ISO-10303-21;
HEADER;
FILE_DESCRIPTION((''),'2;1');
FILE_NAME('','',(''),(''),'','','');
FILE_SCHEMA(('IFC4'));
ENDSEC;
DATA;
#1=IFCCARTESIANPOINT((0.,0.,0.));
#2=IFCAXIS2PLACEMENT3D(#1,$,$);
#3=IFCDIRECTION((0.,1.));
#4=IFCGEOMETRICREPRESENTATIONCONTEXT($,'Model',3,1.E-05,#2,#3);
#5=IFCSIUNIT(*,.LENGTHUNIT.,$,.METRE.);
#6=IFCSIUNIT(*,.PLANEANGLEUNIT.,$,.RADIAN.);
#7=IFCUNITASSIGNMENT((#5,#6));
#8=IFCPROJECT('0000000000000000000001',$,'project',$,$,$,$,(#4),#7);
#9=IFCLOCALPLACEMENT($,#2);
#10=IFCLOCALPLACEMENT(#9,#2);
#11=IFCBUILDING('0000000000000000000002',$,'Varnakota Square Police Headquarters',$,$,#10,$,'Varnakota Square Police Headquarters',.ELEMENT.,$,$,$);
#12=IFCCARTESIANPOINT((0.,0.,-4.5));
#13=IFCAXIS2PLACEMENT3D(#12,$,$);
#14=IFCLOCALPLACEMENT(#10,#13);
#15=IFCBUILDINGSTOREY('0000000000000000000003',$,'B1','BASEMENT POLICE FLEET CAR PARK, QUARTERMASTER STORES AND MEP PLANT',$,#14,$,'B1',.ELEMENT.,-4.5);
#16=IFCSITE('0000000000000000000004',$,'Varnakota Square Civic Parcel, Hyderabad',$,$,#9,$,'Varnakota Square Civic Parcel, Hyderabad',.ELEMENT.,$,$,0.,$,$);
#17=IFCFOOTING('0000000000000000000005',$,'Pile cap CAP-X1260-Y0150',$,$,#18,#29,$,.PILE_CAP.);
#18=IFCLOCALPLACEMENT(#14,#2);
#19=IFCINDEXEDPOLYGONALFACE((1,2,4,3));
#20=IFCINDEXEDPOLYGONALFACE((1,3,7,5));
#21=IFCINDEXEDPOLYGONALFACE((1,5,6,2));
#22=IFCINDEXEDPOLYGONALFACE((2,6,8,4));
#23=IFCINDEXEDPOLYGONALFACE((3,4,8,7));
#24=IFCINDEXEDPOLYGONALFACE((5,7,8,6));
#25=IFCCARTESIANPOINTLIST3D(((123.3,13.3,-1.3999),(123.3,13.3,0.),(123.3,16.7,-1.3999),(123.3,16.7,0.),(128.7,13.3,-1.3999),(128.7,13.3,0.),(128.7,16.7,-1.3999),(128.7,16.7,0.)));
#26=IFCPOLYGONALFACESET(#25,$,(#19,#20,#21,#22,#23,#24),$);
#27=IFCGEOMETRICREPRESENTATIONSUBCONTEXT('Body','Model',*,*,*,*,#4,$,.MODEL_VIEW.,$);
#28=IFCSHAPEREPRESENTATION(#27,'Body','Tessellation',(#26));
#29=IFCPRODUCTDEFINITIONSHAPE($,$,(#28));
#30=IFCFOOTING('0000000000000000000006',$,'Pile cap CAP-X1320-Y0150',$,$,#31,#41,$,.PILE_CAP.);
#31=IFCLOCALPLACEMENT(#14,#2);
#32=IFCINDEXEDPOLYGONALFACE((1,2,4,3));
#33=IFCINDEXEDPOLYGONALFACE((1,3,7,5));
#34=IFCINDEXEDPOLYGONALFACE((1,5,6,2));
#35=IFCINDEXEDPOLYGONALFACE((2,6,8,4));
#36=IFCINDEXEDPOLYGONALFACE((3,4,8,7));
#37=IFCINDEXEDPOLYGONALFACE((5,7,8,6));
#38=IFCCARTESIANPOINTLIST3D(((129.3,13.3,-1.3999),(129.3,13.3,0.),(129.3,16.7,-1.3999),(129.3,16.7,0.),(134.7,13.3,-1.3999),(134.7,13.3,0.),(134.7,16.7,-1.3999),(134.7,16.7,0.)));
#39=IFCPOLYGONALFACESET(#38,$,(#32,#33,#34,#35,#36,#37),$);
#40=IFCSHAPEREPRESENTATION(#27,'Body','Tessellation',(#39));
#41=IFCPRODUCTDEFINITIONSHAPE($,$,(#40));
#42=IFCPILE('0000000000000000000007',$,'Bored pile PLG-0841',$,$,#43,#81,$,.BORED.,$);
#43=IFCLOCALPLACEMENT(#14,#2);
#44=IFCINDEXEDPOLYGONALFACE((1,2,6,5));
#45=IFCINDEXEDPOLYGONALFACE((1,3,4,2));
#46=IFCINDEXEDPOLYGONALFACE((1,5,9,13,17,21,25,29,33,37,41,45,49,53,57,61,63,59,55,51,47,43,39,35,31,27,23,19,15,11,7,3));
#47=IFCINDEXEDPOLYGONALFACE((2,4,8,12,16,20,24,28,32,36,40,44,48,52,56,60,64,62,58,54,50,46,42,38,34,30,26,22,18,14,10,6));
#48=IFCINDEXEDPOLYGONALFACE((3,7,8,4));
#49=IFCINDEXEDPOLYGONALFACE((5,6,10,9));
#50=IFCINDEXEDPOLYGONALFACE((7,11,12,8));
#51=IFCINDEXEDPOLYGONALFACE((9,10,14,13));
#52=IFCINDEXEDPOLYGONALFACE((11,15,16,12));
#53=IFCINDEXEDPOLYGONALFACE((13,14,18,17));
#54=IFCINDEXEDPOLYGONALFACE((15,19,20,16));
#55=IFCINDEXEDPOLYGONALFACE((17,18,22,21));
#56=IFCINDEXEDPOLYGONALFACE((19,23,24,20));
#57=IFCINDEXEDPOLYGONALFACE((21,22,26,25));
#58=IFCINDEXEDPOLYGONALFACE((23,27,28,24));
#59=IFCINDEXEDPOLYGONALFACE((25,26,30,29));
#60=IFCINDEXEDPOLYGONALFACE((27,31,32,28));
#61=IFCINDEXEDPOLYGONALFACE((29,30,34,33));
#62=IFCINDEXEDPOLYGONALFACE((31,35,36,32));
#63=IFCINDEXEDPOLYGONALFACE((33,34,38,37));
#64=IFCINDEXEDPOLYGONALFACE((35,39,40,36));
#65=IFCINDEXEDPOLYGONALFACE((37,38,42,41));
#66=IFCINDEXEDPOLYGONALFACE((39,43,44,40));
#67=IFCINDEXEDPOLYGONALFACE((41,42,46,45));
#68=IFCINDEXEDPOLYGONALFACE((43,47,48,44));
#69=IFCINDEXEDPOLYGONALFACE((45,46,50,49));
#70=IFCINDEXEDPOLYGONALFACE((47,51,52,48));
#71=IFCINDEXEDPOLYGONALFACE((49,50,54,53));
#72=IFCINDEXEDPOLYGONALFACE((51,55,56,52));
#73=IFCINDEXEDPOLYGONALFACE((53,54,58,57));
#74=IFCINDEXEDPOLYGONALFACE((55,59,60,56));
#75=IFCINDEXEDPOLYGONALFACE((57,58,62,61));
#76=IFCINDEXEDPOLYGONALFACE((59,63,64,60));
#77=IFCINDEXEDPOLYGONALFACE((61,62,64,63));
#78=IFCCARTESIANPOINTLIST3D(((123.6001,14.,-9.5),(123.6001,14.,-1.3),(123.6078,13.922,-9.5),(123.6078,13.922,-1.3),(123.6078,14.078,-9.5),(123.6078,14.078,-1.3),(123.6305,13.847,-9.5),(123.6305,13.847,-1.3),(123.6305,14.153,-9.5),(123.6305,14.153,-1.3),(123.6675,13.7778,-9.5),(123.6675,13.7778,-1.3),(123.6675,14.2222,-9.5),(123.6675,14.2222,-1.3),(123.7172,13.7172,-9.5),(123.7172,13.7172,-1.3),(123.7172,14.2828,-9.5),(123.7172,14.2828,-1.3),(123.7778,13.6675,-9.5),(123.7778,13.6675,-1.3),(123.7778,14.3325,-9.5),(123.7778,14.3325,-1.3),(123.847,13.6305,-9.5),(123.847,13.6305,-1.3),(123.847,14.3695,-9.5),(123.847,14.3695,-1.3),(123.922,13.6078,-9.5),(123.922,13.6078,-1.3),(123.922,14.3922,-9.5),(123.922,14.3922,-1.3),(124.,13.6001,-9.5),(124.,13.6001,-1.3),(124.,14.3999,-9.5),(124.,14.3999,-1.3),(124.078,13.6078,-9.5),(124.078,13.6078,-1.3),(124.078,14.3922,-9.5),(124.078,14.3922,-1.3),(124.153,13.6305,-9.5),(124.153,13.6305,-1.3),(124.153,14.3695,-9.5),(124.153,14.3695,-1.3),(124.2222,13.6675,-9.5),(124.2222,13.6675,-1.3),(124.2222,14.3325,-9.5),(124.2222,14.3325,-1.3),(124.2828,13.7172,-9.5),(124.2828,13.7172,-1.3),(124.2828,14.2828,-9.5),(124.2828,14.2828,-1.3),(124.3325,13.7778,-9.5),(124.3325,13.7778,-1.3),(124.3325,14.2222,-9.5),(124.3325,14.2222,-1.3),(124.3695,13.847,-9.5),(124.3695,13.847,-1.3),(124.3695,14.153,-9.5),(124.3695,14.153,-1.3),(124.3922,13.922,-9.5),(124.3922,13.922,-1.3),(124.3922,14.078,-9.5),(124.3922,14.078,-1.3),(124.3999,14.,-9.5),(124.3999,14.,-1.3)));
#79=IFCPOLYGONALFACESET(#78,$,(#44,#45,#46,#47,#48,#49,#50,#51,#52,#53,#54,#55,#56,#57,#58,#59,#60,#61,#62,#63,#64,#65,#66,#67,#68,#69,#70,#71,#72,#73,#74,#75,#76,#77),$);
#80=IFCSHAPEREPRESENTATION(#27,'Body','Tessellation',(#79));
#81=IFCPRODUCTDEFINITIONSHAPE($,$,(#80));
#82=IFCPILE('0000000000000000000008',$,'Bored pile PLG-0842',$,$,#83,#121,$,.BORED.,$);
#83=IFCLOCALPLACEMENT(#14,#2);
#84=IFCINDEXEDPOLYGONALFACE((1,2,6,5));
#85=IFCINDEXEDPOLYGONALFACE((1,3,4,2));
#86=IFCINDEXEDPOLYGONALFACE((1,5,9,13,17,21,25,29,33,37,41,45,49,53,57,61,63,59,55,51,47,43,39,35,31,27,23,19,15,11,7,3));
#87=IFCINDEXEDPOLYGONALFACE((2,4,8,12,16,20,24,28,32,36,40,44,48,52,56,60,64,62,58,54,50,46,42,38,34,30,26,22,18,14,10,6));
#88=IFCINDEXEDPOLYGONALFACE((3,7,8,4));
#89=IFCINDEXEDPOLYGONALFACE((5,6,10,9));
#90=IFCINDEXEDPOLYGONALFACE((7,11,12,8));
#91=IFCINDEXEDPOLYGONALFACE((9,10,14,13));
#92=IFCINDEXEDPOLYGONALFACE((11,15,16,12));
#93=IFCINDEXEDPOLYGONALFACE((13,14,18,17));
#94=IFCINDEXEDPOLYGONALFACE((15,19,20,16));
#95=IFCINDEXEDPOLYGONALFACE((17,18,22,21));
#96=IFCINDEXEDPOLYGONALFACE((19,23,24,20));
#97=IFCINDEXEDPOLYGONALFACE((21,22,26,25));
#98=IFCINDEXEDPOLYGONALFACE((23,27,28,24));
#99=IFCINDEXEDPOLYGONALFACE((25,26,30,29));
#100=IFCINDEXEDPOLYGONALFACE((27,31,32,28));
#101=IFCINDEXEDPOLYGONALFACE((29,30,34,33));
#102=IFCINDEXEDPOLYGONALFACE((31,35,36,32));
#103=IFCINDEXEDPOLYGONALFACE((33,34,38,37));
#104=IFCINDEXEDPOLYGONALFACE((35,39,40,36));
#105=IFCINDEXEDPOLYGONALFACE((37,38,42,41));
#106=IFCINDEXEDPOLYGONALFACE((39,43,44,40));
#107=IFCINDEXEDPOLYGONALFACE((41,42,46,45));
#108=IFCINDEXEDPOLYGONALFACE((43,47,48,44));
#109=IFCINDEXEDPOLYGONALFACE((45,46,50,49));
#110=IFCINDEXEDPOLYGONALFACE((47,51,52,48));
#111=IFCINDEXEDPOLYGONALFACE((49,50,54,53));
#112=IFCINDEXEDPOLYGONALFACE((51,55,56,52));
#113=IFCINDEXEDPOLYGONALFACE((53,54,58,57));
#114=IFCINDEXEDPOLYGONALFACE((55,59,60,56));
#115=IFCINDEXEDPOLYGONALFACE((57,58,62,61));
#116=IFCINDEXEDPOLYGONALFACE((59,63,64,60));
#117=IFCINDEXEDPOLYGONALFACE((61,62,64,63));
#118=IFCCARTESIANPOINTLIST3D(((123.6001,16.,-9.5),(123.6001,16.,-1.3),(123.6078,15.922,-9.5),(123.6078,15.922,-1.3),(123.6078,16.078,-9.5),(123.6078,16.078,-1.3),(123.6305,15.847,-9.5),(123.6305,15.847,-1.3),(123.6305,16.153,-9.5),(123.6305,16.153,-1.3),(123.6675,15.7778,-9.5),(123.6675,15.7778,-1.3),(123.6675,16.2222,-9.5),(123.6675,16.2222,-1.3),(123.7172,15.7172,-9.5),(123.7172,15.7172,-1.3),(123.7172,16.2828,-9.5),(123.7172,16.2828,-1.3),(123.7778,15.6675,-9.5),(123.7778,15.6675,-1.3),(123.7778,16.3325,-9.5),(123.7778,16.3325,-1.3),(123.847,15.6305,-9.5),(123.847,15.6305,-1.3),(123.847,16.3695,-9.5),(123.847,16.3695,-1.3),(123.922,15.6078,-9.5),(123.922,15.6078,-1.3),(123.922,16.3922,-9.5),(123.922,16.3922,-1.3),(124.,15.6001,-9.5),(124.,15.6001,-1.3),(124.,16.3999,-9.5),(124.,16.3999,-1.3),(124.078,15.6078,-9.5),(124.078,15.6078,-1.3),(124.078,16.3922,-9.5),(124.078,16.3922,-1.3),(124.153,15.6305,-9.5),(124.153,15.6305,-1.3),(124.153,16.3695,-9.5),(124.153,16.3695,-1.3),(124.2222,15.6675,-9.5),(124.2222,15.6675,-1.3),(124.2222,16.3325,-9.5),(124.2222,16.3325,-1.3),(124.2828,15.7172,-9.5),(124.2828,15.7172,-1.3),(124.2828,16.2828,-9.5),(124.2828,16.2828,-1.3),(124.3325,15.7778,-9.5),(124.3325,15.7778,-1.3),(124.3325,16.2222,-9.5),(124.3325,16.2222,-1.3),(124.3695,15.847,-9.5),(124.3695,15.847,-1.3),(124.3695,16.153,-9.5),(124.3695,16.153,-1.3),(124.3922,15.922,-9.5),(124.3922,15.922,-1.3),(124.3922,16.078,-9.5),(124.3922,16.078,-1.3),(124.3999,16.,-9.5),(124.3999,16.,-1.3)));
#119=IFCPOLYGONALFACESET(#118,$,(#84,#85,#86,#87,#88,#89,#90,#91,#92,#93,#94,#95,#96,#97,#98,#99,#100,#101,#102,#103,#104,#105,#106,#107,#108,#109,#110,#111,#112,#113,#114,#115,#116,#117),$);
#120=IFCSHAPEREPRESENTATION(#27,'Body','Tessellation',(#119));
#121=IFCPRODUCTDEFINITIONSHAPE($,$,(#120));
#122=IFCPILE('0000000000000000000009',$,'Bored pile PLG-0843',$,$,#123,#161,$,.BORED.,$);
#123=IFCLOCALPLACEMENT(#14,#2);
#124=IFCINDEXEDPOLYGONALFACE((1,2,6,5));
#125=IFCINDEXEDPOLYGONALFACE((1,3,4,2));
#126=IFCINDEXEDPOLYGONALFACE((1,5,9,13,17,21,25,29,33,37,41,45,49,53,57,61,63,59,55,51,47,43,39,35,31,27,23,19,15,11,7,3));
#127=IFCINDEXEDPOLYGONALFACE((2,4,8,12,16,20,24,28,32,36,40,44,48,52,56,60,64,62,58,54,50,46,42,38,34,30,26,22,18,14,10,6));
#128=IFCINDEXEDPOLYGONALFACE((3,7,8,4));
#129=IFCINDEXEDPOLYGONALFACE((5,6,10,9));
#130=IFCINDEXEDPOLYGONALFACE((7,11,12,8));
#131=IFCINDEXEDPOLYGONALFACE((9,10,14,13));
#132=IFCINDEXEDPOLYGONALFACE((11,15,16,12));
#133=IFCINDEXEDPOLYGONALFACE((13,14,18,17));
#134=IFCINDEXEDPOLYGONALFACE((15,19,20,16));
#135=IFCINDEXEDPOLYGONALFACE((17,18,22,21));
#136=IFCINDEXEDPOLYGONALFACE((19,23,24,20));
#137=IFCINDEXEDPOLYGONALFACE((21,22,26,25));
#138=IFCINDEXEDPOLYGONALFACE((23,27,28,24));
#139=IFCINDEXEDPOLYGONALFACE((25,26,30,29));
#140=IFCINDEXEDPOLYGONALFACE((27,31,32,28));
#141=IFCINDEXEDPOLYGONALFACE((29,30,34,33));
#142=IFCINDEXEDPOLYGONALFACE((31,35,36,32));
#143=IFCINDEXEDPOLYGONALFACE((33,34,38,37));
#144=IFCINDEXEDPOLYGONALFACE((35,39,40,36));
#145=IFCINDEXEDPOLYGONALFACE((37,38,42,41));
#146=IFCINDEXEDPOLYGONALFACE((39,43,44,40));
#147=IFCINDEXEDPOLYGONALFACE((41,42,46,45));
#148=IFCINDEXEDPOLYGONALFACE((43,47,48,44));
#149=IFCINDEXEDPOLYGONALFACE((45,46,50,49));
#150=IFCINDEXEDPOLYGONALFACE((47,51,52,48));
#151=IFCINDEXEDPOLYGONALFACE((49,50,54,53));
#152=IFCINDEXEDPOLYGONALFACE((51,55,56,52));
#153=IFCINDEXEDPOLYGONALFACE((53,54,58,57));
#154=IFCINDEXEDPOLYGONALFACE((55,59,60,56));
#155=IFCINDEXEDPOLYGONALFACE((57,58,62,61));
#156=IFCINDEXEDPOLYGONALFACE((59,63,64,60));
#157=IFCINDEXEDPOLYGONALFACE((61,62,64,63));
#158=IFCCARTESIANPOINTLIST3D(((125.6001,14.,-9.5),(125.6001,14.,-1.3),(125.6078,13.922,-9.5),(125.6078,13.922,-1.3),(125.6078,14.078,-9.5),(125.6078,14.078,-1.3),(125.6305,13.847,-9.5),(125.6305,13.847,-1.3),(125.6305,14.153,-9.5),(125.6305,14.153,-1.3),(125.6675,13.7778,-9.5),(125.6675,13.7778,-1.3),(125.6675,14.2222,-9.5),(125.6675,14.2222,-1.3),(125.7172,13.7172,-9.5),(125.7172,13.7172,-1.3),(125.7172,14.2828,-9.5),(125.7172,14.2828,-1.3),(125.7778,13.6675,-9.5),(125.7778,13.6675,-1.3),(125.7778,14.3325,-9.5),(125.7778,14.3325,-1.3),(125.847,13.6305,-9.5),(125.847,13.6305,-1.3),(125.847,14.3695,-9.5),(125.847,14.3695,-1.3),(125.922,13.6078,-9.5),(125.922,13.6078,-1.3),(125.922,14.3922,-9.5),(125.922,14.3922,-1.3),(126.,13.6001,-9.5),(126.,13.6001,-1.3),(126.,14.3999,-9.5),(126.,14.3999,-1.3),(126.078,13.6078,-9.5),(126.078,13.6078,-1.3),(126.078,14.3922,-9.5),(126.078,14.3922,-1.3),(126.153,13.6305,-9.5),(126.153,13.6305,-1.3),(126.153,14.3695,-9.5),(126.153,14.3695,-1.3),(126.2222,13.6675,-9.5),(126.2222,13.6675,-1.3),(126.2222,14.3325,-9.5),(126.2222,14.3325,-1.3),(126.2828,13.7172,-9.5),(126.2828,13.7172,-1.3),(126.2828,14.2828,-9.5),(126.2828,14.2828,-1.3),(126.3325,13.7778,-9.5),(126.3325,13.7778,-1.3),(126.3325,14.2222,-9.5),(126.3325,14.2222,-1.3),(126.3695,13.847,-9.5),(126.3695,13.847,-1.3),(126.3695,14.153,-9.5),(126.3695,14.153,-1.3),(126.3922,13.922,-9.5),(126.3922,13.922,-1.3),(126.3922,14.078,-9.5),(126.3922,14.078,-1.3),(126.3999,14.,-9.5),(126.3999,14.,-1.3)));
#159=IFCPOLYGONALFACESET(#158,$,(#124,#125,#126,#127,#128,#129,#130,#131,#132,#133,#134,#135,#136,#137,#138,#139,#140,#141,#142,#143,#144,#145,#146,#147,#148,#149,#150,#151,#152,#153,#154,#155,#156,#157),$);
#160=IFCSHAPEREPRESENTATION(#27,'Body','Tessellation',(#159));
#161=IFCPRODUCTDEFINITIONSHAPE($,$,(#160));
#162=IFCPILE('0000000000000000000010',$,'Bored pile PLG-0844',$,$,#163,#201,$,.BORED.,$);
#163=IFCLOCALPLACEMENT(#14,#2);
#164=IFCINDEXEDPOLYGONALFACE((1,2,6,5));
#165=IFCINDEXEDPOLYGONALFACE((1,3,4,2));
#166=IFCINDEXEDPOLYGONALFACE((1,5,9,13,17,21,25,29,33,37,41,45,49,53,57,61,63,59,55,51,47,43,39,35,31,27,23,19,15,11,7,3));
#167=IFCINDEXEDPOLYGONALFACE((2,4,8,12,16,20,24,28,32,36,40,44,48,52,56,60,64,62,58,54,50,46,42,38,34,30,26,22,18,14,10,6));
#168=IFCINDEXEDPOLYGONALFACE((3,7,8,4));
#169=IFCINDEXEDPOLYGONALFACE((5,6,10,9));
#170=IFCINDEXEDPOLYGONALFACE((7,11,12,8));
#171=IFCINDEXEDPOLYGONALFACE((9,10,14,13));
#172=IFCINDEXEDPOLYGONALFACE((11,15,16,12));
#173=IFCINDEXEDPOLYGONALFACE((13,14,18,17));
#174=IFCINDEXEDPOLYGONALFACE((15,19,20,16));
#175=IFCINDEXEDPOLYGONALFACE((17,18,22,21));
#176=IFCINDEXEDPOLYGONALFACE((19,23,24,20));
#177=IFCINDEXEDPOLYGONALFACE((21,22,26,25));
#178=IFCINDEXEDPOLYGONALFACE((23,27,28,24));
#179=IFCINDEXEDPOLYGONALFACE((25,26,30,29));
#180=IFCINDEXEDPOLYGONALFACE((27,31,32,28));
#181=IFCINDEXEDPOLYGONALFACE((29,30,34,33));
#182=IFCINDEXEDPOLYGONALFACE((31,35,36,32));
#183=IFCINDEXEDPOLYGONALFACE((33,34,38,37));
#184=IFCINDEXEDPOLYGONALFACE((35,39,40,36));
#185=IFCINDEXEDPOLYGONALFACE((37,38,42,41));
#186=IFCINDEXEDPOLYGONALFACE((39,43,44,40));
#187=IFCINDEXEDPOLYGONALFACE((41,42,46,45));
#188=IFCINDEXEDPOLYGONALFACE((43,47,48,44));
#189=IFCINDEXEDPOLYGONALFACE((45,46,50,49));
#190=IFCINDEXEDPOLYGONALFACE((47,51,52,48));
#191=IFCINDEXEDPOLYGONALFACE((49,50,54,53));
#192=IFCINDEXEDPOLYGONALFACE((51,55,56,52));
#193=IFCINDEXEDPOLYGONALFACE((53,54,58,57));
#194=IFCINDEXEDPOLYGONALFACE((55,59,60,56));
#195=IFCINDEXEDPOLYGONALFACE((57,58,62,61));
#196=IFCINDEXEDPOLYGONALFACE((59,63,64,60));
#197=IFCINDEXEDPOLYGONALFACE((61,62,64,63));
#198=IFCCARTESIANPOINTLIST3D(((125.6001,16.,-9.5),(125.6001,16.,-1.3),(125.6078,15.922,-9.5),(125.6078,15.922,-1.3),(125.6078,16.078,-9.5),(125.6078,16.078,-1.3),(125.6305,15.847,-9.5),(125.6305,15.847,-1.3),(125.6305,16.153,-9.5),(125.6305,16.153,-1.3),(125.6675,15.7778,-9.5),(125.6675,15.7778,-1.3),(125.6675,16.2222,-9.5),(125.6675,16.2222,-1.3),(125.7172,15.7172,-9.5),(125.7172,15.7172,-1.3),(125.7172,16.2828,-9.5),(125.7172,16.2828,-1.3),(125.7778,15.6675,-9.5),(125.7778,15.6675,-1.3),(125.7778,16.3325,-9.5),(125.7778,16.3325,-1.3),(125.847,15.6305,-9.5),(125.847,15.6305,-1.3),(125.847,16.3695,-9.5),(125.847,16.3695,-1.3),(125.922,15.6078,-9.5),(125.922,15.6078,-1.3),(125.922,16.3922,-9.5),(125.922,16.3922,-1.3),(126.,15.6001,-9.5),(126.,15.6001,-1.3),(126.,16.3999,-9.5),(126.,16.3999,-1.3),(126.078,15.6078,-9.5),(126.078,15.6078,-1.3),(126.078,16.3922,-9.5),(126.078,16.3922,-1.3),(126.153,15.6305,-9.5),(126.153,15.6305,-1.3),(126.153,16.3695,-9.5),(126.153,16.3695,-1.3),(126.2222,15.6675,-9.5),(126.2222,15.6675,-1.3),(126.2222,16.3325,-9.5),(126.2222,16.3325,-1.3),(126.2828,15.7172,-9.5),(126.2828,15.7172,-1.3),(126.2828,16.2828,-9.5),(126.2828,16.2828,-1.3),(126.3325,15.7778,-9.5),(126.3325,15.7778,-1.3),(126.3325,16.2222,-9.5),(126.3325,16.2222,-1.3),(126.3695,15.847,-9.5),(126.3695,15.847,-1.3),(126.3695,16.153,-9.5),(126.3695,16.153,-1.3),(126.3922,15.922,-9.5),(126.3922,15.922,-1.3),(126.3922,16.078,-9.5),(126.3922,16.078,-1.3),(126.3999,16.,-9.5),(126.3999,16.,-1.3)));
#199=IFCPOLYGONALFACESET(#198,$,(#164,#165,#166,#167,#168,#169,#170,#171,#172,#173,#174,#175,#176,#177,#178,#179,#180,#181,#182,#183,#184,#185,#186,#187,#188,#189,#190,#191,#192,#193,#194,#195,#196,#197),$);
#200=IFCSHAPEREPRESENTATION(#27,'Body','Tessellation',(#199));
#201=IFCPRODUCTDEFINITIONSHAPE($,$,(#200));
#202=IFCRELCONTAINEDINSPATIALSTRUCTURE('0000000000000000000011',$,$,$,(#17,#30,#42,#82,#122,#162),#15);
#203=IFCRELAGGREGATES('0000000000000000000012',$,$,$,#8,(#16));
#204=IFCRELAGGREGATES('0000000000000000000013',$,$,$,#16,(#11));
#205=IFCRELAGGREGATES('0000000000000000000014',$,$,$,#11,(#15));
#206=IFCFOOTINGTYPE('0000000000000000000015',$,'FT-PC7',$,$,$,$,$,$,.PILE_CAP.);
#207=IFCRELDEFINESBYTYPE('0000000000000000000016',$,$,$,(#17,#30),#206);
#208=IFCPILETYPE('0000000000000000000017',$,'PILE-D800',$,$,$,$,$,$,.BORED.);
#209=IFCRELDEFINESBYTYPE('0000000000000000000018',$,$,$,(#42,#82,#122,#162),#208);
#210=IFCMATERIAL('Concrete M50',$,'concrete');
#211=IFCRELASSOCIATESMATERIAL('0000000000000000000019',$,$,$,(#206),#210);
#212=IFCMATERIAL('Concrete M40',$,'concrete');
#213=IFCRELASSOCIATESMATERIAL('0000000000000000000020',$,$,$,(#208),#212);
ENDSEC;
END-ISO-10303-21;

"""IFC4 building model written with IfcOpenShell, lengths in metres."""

from ifc_helpers import new_model, si_unit, direction, frame, origin, origin_2d, place, context, subcontext, project, spatial, rectangle, circle, extrude, material, material_profile, profile_set, type_object, element, save


model = new_model("IFC4")

# Units and contexts
model_context = context("Model", 3, precision=1e-05, world=origin(), true_north=direction((0.0, 1.0)))
body_context = subcontext(model_context, "Body", "Model", "MODEL_VIEW")
ifc_project = project(units=[si_unit("LENGTHUNIT", "METRE"), si_unit("PLANEANGLEUNIT", "RADIAN")], contexts=[model_context])

# Site, building, storey
site_placement = place(None, origin())
site = spatial("IfcSite", under=ifc_project, at=site_placement, Name="Varnakota Square Civic Parcel, Hyderabad", LongName="Varnakota Square Civic Parcel, Hyderabad", CompositionType="ELEMENT", RefElevation=0.0)
building_placement = place(site_placement, origin())
building = spatial("IfcBuilding", under=site, at=building_placement, Name="Varnakota Square Police Headquarters", LongName="Varnakota Square Police Headquarters", CompositionType="ELEMENT")
storey_placement = place(building_placement, frame((0.0, 0.0, -4.5)))
storey = spatial("IfcBuildingStorey", under=building, at=storey_placement, Name="B1", Description="BASEMENT POLICE FLEET CAR PARK, QUARTERMASTER STORES AND MEP PLANT", LongName="B1", CompositionType="ELEMENT", Elevation=-4.5)

# Footings
ifc_material_1 = material(Name="Concrete M50", Category="concrete")
footing_type = type_object("IfcFootingType", Name="FT-PC7", PredefinedType="PILE_CAP", material=ifc_material_1)
for number, where, z_axis, x_axis, name in (
    (1, (126.0, 15.0, -1.3999), (0.0, 0.0, 1.0), (1.0, 0.0, 0.0), "Pile cap CAP-X1260-Y0150"),
    (2, (132.0, 15.0, -1.3999), (0.0, 0.0, 1.0), (1.0, 0.0, 0.0), "Pile cap CAP-X1320-Y0150"),
):
    element("IfcFooting", number, at=place(storey_placement, frame(where, z_axis=z_axis, x_axis=x_axis)), inside=storey, type_object=footing_type, Name=name, PredefinedType="PILE_CAP", context=body_context, shape_type="SweptSolid", body=[
        extrude(rectangle(XDim=5.3999, YDim=3.3999, at=origin_2d()), origin(), (0.0, 0.0, 1.0), 1.3999),
    ])

# Piles
ifc_material_2 = material(Name="Concrete M40", Category="concrete")
ifc_material_profile_1 = material_profile(ifc_material_2, circle(Radius=0.3999, at=origin_2d()), Name="BORED PILE 800")
ifc_profile_set_1 = profile_set([ifc_material_profile_1], Name="Concrete M40")
pile_type = type_object("IfcPileType", Name="PILE-D800", PredefinedType="BORED", material=ifc_profile_set_1)
for number, where, z_axis, x_axis, name in (
    (3, (124.0, 14.0, -1.3), (0.0, 0.0, -1.0), (1.0, 0.0, 0.0), "Bored pile PLG-0841"),
    (4, (124.0, 16.0, -1.3), (0.0, 0.0, -1.0), (1.0, 0.0, 0.0), "Bored pile PLG-0842"),
    (5, (126.0, 14.0, -1.3), (0.0, 0.0, -1.0), (1.0, 0.0, 0.0), "Bored pile PLG-0843"),
    (6, (126.0, 16.0, -1.3), (0.0, 0.0, -1.0), (1.0, 0.0, 0.0), "Bored pile PLG-0844"),
):
    element("IfcPile", number, at=place(storey_placement, frame(where, z_axis=z_axis, x_axis=x_axis)), inside=storey, type_object=pile_type, Name=name, PredefinedType="BORED", context=body_context, shape_type="SweptSolid", body=[
        extrude(circle(Radius=0.3999, at=origin_2d()), origin(), (0.0, 0.0, 1.0), 8.2),
    ])

save(model, "model.ifc")
